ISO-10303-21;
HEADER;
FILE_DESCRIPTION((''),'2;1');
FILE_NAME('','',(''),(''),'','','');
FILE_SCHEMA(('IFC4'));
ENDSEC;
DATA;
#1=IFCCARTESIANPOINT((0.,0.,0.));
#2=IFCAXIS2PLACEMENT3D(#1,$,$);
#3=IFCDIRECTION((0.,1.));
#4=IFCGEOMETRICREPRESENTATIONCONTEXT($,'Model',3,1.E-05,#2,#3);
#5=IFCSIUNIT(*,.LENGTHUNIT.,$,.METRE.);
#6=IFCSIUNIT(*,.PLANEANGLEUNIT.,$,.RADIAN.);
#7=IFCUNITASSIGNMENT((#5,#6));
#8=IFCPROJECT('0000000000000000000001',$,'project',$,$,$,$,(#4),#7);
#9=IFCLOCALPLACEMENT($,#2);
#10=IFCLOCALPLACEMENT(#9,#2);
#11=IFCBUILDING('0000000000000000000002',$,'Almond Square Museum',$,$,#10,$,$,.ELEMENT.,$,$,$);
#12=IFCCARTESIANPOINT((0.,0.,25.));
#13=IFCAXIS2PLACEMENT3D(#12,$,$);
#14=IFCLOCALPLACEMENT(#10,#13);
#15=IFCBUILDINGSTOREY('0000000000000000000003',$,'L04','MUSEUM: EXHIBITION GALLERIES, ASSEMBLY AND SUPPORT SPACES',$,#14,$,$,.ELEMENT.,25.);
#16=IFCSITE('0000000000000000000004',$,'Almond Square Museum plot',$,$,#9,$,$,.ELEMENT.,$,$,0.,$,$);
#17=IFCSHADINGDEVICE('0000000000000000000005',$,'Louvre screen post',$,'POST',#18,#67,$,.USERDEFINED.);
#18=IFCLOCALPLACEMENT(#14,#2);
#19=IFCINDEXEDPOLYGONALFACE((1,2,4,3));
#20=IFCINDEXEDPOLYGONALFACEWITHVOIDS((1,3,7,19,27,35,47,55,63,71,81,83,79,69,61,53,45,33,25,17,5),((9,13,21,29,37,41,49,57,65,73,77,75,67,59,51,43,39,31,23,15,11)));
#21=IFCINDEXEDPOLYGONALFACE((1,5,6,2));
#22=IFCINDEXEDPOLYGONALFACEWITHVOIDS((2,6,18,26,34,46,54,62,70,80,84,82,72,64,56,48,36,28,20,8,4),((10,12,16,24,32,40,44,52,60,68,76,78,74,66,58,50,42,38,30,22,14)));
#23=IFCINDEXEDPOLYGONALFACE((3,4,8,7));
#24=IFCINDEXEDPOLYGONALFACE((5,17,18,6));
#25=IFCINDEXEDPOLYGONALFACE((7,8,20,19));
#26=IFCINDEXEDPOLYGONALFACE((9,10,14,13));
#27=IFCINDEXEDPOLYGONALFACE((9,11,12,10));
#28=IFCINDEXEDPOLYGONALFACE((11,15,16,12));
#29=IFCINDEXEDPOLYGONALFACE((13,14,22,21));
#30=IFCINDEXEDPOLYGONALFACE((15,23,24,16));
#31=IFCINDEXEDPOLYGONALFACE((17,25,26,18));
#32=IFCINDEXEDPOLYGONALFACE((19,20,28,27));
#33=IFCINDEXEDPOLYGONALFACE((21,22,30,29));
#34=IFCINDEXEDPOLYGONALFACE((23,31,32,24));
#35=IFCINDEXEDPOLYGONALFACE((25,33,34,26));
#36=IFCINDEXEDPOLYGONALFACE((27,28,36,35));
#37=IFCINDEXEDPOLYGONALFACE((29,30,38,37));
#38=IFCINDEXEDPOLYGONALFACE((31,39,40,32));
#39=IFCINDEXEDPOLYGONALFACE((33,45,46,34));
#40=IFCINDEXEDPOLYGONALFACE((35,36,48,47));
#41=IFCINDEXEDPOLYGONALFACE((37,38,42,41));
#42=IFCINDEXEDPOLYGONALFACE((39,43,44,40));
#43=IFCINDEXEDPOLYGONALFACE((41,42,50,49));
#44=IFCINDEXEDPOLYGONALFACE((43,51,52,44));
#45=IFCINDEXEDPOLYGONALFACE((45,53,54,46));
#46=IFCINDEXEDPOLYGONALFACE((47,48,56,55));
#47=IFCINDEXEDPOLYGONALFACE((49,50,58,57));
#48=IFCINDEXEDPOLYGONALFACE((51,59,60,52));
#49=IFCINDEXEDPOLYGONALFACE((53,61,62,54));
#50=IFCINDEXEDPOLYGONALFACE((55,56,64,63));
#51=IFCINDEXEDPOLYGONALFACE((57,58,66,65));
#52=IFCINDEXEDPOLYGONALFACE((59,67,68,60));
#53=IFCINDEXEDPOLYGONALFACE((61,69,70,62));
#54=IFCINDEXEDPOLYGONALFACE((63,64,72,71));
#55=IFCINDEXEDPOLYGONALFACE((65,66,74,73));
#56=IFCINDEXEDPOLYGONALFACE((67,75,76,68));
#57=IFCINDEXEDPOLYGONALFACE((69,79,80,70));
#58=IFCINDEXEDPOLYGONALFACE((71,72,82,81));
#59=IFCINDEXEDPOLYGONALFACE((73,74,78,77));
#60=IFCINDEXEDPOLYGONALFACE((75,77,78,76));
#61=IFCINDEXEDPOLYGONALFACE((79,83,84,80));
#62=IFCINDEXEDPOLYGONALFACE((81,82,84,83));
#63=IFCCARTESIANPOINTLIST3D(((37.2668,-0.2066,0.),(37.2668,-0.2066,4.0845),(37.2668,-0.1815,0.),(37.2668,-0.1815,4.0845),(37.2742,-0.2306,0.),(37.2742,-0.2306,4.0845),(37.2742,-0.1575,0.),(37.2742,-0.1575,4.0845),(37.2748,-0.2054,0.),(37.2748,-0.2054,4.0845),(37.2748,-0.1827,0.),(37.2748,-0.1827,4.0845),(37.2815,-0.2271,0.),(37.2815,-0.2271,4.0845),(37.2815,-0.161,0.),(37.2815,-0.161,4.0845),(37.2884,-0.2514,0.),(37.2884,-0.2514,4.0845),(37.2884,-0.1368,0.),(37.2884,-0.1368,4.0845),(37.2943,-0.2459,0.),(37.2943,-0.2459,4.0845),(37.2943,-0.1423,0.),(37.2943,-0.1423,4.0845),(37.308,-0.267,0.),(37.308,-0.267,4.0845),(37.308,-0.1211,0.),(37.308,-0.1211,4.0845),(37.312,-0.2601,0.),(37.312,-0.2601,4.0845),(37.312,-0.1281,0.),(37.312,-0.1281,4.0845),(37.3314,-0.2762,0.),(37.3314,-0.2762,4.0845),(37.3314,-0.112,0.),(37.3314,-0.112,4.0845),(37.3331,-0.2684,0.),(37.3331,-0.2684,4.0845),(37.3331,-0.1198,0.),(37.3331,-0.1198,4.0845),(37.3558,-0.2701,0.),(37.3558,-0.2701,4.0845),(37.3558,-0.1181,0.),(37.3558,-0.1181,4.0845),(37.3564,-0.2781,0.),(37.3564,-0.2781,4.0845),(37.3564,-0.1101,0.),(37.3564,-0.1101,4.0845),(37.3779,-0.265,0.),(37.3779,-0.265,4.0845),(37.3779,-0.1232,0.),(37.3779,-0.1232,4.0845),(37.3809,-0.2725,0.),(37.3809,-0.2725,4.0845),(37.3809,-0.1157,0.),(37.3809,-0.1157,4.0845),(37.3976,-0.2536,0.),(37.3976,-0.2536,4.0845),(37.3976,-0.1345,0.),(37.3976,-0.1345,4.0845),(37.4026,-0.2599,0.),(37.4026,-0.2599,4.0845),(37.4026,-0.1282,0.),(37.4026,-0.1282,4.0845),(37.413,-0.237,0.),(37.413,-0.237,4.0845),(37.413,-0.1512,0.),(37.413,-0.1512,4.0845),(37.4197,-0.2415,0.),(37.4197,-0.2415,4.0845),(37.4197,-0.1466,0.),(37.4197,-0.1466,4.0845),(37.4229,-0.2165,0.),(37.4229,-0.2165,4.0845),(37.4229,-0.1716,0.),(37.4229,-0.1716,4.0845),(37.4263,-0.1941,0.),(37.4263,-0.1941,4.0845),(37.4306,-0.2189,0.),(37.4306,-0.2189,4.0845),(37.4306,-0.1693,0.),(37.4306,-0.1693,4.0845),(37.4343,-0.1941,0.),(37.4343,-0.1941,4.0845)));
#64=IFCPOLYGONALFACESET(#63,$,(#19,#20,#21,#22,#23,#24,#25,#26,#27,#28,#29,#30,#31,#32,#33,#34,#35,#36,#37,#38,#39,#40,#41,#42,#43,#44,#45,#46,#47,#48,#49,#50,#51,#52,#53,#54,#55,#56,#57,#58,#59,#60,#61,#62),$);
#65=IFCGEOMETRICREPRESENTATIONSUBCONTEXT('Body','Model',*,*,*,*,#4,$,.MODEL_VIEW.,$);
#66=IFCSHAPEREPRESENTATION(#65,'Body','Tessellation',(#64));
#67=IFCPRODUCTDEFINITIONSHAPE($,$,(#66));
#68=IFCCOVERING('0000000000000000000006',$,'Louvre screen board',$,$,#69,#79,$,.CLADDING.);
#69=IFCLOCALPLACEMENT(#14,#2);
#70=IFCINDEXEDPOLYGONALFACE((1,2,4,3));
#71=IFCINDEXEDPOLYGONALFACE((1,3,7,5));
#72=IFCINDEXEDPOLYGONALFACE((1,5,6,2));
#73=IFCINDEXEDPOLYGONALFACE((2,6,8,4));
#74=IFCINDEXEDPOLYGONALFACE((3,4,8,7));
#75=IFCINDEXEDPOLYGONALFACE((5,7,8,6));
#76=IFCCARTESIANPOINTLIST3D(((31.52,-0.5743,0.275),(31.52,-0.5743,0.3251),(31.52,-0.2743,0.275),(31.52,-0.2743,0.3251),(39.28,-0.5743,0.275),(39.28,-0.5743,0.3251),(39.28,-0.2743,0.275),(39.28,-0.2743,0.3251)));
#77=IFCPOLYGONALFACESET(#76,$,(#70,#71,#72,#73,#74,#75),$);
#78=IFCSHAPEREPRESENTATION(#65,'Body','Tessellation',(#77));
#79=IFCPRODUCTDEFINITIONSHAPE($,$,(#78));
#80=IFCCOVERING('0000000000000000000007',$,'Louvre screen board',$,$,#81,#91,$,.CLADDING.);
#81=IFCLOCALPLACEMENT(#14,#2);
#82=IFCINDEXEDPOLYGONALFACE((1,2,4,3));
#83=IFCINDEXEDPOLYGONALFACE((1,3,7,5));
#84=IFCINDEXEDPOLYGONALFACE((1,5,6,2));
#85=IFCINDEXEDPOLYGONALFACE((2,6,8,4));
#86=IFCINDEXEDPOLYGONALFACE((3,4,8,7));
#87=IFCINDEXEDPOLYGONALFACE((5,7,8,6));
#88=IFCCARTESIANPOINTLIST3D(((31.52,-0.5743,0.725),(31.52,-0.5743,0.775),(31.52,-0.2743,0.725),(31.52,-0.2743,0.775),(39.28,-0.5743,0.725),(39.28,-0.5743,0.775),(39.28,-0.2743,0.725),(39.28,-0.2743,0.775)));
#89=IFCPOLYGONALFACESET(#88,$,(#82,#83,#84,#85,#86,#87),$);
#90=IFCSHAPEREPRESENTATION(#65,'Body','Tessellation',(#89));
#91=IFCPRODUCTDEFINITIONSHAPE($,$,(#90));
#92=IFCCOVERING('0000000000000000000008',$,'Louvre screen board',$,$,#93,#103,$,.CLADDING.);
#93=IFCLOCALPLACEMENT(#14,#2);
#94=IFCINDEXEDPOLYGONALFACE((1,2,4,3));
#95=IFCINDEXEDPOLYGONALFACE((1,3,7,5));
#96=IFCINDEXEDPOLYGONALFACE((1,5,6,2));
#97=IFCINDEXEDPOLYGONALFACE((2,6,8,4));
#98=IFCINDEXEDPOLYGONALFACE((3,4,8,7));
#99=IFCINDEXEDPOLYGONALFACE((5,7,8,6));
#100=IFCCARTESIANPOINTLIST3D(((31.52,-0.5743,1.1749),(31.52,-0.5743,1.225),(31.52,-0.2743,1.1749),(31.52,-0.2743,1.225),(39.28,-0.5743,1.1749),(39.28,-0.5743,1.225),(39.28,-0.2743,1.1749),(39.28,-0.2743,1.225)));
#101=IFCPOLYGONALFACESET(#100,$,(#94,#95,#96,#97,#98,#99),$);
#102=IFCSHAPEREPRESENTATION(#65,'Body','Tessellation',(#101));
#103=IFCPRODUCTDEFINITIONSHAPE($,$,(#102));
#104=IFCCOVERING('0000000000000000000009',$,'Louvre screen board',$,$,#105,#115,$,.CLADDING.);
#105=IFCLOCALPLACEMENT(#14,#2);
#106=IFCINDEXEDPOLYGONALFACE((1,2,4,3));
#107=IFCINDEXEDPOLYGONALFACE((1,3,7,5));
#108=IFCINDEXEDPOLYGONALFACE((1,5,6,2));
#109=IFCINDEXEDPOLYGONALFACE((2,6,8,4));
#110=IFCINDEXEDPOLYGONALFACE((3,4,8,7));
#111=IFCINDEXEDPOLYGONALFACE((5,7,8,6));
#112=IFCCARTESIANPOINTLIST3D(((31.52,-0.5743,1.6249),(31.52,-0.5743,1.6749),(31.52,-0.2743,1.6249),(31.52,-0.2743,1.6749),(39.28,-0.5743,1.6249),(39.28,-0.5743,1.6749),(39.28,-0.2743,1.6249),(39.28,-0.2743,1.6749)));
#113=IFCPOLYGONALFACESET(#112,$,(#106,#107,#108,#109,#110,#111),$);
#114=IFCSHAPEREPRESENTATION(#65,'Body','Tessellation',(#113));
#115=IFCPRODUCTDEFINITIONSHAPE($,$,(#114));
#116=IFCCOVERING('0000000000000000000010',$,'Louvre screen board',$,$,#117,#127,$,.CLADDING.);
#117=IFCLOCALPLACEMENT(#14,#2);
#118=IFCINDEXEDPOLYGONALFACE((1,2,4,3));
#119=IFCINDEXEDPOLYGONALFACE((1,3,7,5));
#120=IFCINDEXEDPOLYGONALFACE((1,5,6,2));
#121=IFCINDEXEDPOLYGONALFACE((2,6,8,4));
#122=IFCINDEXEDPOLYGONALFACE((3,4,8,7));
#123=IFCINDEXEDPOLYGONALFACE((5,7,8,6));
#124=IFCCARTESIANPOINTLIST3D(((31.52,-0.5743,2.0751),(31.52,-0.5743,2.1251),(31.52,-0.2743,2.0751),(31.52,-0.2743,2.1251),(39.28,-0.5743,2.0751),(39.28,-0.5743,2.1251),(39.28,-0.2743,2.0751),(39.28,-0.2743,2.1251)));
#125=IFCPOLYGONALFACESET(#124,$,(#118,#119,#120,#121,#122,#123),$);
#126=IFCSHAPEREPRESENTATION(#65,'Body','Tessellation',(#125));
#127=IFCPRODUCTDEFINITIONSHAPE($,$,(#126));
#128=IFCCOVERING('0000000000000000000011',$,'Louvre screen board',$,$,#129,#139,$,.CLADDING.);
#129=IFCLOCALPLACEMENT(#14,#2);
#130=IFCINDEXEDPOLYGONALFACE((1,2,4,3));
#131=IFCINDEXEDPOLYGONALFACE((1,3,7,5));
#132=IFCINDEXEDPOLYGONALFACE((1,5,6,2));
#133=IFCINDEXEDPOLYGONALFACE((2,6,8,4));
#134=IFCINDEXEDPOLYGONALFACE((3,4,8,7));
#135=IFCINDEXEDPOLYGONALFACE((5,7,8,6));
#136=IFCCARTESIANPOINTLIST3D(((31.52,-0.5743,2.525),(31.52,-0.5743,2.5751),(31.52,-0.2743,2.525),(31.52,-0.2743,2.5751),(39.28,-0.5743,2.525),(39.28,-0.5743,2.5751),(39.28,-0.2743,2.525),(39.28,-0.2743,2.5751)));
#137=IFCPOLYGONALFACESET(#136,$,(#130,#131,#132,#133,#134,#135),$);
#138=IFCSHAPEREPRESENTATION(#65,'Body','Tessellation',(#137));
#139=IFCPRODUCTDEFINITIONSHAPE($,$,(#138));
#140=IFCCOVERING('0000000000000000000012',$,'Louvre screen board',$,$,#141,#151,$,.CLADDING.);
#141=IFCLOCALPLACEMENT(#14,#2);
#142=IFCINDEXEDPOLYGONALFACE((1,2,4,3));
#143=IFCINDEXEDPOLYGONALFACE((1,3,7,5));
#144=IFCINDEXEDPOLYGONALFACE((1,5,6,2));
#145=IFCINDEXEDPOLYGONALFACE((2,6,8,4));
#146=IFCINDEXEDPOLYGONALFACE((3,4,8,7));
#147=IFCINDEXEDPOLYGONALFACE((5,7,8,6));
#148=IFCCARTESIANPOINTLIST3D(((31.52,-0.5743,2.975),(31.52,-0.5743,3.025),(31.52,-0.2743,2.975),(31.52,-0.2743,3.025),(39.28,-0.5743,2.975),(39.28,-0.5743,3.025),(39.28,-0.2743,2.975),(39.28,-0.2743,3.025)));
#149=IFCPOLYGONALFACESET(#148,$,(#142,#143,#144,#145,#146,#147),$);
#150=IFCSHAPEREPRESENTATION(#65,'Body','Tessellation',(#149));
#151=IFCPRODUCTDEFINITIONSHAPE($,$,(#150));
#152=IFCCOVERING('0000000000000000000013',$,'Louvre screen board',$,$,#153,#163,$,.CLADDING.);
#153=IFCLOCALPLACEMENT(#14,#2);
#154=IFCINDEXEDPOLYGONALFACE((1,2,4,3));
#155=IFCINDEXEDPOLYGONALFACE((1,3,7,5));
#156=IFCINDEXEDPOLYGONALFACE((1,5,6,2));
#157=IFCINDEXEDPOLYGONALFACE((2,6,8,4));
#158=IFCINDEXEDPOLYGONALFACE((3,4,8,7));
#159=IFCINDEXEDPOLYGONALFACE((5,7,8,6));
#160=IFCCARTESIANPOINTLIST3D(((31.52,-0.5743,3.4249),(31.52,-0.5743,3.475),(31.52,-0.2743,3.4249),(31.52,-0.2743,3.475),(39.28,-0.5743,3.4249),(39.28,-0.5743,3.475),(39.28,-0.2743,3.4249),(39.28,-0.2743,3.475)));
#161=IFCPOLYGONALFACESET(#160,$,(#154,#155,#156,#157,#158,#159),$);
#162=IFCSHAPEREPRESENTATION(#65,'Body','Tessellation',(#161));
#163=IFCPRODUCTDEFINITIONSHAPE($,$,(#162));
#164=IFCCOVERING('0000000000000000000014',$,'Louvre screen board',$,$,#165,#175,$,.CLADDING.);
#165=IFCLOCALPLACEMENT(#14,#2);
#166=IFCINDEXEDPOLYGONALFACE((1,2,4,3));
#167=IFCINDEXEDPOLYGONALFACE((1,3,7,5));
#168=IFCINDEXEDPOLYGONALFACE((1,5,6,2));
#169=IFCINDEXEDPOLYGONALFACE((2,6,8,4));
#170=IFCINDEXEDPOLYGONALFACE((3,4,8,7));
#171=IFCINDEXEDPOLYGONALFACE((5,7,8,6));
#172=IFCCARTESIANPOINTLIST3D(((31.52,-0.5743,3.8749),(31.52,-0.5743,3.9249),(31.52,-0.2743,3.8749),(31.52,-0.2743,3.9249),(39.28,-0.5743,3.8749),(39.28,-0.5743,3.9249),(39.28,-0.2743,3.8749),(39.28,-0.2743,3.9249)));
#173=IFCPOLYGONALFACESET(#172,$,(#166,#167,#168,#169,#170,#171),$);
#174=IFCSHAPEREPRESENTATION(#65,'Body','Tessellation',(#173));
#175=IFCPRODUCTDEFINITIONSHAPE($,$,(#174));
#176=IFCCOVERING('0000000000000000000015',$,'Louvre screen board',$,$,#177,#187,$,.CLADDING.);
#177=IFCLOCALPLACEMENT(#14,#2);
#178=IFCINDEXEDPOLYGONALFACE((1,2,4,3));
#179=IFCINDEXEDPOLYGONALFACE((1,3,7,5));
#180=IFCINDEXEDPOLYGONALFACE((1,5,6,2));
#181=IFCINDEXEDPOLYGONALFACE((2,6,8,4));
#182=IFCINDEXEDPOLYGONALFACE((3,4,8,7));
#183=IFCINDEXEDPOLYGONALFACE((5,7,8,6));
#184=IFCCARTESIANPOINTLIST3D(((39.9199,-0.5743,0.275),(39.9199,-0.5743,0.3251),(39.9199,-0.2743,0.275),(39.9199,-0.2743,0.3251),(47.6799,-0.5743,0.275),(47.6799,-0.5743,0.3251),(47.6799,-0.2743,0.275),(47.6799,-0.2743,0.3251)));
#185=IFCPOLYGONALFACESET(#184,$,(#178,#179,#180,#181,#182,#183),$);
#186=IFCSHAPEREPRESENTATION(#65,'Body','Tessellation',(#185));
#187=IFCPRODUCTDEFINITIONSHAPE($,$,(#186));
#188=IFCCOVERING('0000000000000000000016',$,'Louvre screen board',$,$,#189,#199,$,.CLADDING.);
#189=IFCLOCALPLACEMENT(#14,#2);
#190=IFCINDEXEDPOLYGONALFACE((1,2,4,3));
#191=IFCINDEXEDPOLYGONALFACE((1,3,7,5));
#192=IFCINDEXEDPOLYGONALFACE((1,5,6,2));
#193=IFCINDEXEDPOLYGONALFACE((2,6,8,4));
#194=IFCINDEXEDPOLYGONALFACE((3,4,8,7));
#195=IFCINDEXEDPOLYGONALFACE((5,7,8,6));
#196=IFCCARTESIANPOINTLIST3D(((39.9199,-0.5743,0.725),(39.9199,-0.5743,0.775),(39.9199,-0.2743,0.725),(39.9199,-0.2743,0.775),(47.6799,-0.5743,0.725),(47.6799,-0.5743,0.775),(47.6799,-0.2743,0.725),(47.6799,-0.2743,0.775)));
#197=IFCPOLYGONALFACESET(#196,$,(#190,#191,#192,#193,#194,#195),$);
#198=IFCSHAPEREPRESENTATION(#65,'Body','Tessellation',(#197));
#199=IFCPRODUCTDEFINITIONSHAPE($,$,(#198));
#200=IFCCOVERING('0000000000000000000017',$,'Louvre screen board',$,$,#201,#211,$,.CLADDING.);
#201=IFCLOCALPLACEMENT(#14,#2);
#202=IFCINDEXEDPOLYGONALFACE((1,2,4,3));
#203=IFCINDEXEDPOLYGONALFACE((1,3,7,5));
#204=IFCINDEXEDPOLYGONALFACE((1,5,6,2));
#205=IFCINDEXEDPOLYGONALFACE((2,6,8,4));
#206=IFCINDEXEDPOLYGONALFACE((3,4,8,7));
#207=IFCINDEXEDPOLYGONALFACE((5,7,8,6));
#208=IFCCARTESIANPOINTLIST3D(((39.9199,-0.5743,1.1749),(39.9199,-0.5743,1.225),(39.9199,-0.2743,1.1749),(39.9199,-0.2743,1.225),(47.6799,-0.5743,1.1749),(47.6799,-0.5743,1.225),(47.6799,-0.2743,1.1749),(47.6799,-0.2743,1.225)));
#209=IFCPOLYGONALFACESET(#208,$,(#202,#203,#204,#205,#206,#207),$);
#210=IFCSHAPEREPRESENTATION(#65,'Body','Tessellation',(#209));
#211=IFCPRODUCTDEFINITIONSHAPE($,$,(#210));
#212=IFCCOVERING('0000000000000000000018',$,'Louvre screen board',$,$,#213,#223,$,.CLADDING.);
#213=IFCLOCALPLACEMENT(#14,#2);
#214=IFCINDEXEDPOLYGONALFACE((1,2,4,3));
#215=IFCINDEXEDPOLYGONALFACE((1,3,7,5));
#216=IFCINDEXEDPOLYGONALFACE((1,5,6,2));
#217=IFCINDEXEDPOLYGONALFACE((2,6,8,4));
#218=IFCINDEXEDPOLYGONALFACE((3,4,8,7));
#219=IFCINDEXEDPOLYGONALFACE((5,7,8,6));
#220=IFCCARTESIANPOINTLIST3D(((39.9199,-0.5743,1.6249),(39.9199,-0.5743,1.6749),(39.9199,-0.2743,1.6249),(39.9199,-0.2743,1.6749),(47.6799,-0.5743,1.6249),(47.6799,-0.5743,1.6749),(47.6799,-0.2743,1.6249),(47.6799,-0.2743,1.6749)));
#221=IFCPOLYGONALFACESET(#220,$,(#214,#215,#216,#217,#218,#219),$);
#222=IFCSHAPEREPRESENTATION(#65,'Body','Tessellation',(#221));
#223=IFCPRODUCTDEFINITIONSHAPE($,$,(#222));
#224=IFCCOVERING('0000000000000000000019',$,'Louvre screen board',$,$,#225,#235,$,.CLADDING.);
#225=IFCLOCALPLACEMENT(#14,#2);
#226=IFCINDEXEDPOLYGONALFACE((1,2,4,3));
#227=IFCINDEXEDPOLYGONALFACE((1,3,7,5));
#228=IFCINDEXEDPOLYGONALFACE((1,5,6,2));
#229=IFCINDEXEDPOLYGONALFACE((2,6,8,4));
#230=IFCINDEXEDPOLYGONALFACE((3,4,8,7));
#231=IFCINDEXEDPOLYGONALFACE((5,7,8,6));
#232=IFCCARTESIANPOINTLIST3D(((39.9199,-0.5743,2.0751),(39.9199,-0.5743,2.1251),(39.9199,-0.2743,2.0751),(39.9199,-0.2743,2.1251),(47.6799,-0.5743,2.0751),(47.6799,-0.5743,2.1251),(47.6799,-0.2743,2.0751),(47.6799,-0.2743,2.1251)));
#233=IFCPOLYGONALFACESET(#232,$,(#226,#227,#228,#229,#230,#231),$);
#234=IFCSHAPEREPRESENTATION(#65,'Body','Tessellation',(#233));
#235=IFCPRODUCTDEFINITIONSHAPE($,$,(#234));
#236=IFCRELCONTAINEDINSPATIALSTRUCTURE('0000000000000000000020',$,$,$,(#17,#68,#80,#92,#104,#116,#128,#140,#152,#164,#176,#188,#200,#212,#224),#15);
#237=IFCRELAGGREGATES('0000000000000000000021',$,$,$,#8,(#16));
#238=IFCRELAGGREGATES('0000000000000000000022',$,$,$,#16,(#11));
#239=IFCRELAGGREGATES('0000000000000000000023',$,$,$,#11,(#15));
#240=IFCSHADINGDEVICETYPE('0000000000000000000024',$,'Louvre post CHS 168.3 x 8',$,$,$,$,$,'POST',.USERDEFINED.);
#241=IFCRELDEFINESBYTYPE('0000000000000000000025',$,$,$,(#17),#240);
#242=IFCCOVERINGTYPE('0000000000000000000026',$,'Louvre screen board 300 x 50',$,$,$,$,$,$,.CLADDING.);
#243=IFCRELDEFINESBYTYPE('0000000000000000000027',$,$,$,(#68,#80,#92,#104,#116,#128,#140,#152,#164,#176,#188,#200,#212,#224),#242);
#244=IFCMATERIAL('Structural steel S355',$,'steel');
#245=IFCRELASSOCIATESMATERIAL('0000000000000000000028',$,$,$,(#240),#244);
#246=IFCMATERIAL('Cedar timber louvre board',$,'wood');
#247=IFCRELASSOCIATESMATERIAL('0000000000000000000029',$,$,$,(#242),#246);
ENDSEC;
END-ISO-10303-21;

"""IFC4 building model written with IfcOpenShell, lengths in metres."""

from ifc_helpers import new_model, si_unit, direction, frame, origin, origin_2d, place, context, subcontext, project, spatial, rectangle, hollow_circle, extrude, material, material_profile, profile_set, type_object, element, save


model = new_model("IFC4")

# Units and contexts
model_context = context("Model", 3, precision=1e-05, world=origin(), true_north=direction((0.0, 1.0)))
body_context = subcontext(model_context, "Body", "Model", "MODEL_VIEW")
ifc_project = project(units=[si_unit("LENGTHUNIT", "METRE"), si_unit("PLANEANGLEUNIT", "RADIAN")], contexts=[model_context])

# Site, building, storey
site_placement = place(None, origin())
site = spatial("IfcSite", under=ifc_project, at=site_placement, Name="Almond Square Museum plot", CompositionType="ELEMENT", RefElevation=0.0)
building_placement = place(site_placement, origin())
building = spatial("IfcBuilding", under=site, at=building_placement, Name="Almond Square Museum", CompositionType="ELEMENT")
storey_placement = place(building_placement, frame((0.0, 0.0, 25.0)))
storey = spatial("IfcBuildingStorey", under=building, at=storey_placement, Name="L04", Description="MUSEUM: EXHIBITION GALLERIES, ASSEMBLY AND SUPPORT SPACES", CompositionType="ELEMENT", Elevation=25.0)

# Shading device
ifc_material_1 = material(Name="Structural steel S355", Category="steel")
ifc_material_profile_1 = material_profile(ifc_material_1, hollow_circle(Radius=0.0842, WallThickness=0.0081, at=origin_2d()))
ifc_profile_set_1 = profile_set([ifc_material_profile_1], Name="Structural steel S355")
shading_device_type = type_object("IfcShadingDeviceType", Name="Louvre post CHS 168.3 x 8", ElementType="POST", PredefinedType="USERDEFINED", material=ifc_profile_set_1)
for number, where, z_axis, x_axis, name in (
    (1, (37.3501, -0.1941, 0.0), (0.0, 0.0, 1.0), (1.0, 0.0, 0.0), "Louvre screen post"),
):
    element("IfcShadingDevice", number, at=place(storey_placement, frame(where, z_axis=z_axis, x_axis=x_axis)), inside=storey, type_object=shading_device_type, Name=name, ObjectType="POST", PredefinedType="USERDEFINED", context=body_context, shape_type="SweptSolid", body=[
        extrude(hollow_circle(Radius=0.0842, WallThickness=0.0081, at=origin_2d()), origin(), (0.0, 0.0, 1.0), 4.0845),
    ])

# Coverings
ifc_material_2 = material(Name="Cedar timber louvre board", Category="wood")
ifc_material_profile_2 = material_profile(ifc_material_2, rectangle(XDim=0.3, YDim=0.05, at=origin_2d()))
ifc_profile_set_2 = profile_set([ifc_material_profile_2], Name="Cedar timber louvre board")
covering_type = type_object("IfcCoveringType", Name="Louvre screen board 300 x 50", PredefinedType="CLADDING", material=ifc_profile_set_2)
for number, where, z_axis, x_axis, name in (
    (2, (31.52, -0.4243, 0.3), (1.0, 0.0, 0.0), (0.0, 1.0, 0.0), "Louvre screen board"),
    (3, (31.52, -0.4243, 0.75), (1.0, 0.0, 0.0), (0.0, 1.0, 0.0), "Louvre screen board"),
    (4, (31.52, -0.4243, 1.2), (1.0, 0.0, 0.0), (0.0, 1.0, 0.0), "Louvre screen board"),
    (5, (31.52, -0.4243, 1.6499), (1.0, 0.0, 0.0), (0.0, 1.0, 0.0), "Louvre screen board"),
    (6, (31.52, -0.4243, 2.1001), (1.0, 0.0, 0.0), (0.0, 1.0, 0.0), "Louvre screen board"),
    (7, (31.52, -0.4243, 2.55), (1.0, 0.0, 0.0), (0.0, 1.0, 0.0), "Louvre screen board"),
    (8, (31.52, -0.4243, 3.0), (1.0, 0.0, 0.0), (0.0, 1.0, 0.0), "Louvre screen board"),
    (9, (31.52, -0.4243, 3.45), (1.0, 0.0, 0.0), (0.0, 1.0, 0.0), "Louvre screen board"),
    (10, (31.52, -0.4243, 3.8999), (1.0, 0.0, 0.0), (0.0, 1.0, 0.0), "Louvre screen board"),
    (11, (39.9199, -0.4243, 0.3), (1.0, 0.0, 0.0), (0.0, 1.0, 0.0), "Louvre screen board"),
    (12, (39.9199, -0.4243, 0.75), (1.0, 0.0, 0.0), (0.0, 1.0, 0.0), "Louvre screen board"),
    (13, (39.9199, -0.4243, 1.2), (1.0, 0.0, 0.0), (0.0, 1.0, 0.0), "Louvre screen board"),
    (14, (39.9199, -0.4243, 1.6499), (1.0, 0.0, 0.0), (0.0, 1.0, 0.0), "Louvre screen board"),
    (15, (39.9199, -0.4243, 2.1001), (1.0, 0.0, 0.0), (0.0, 1.0, 0.0), "Louvre screen board"),
):
    element("IfcCovering", number, at=place(storey_placement, frame(where, z_axis=z_axis, x_axis=x_axis)), inside=storey, type_object=covering_type, Name=name, PredefinedType="CLADDING", context=body_context, shape_type="SweptSolid", body=[
        extrude(rectangle(XDim=0.3, YDim=0.05, at=origin_2d()), origin(), (0.0, 0.0, 1.0), 7.76),
    ])

save(model, "model.ifc")
